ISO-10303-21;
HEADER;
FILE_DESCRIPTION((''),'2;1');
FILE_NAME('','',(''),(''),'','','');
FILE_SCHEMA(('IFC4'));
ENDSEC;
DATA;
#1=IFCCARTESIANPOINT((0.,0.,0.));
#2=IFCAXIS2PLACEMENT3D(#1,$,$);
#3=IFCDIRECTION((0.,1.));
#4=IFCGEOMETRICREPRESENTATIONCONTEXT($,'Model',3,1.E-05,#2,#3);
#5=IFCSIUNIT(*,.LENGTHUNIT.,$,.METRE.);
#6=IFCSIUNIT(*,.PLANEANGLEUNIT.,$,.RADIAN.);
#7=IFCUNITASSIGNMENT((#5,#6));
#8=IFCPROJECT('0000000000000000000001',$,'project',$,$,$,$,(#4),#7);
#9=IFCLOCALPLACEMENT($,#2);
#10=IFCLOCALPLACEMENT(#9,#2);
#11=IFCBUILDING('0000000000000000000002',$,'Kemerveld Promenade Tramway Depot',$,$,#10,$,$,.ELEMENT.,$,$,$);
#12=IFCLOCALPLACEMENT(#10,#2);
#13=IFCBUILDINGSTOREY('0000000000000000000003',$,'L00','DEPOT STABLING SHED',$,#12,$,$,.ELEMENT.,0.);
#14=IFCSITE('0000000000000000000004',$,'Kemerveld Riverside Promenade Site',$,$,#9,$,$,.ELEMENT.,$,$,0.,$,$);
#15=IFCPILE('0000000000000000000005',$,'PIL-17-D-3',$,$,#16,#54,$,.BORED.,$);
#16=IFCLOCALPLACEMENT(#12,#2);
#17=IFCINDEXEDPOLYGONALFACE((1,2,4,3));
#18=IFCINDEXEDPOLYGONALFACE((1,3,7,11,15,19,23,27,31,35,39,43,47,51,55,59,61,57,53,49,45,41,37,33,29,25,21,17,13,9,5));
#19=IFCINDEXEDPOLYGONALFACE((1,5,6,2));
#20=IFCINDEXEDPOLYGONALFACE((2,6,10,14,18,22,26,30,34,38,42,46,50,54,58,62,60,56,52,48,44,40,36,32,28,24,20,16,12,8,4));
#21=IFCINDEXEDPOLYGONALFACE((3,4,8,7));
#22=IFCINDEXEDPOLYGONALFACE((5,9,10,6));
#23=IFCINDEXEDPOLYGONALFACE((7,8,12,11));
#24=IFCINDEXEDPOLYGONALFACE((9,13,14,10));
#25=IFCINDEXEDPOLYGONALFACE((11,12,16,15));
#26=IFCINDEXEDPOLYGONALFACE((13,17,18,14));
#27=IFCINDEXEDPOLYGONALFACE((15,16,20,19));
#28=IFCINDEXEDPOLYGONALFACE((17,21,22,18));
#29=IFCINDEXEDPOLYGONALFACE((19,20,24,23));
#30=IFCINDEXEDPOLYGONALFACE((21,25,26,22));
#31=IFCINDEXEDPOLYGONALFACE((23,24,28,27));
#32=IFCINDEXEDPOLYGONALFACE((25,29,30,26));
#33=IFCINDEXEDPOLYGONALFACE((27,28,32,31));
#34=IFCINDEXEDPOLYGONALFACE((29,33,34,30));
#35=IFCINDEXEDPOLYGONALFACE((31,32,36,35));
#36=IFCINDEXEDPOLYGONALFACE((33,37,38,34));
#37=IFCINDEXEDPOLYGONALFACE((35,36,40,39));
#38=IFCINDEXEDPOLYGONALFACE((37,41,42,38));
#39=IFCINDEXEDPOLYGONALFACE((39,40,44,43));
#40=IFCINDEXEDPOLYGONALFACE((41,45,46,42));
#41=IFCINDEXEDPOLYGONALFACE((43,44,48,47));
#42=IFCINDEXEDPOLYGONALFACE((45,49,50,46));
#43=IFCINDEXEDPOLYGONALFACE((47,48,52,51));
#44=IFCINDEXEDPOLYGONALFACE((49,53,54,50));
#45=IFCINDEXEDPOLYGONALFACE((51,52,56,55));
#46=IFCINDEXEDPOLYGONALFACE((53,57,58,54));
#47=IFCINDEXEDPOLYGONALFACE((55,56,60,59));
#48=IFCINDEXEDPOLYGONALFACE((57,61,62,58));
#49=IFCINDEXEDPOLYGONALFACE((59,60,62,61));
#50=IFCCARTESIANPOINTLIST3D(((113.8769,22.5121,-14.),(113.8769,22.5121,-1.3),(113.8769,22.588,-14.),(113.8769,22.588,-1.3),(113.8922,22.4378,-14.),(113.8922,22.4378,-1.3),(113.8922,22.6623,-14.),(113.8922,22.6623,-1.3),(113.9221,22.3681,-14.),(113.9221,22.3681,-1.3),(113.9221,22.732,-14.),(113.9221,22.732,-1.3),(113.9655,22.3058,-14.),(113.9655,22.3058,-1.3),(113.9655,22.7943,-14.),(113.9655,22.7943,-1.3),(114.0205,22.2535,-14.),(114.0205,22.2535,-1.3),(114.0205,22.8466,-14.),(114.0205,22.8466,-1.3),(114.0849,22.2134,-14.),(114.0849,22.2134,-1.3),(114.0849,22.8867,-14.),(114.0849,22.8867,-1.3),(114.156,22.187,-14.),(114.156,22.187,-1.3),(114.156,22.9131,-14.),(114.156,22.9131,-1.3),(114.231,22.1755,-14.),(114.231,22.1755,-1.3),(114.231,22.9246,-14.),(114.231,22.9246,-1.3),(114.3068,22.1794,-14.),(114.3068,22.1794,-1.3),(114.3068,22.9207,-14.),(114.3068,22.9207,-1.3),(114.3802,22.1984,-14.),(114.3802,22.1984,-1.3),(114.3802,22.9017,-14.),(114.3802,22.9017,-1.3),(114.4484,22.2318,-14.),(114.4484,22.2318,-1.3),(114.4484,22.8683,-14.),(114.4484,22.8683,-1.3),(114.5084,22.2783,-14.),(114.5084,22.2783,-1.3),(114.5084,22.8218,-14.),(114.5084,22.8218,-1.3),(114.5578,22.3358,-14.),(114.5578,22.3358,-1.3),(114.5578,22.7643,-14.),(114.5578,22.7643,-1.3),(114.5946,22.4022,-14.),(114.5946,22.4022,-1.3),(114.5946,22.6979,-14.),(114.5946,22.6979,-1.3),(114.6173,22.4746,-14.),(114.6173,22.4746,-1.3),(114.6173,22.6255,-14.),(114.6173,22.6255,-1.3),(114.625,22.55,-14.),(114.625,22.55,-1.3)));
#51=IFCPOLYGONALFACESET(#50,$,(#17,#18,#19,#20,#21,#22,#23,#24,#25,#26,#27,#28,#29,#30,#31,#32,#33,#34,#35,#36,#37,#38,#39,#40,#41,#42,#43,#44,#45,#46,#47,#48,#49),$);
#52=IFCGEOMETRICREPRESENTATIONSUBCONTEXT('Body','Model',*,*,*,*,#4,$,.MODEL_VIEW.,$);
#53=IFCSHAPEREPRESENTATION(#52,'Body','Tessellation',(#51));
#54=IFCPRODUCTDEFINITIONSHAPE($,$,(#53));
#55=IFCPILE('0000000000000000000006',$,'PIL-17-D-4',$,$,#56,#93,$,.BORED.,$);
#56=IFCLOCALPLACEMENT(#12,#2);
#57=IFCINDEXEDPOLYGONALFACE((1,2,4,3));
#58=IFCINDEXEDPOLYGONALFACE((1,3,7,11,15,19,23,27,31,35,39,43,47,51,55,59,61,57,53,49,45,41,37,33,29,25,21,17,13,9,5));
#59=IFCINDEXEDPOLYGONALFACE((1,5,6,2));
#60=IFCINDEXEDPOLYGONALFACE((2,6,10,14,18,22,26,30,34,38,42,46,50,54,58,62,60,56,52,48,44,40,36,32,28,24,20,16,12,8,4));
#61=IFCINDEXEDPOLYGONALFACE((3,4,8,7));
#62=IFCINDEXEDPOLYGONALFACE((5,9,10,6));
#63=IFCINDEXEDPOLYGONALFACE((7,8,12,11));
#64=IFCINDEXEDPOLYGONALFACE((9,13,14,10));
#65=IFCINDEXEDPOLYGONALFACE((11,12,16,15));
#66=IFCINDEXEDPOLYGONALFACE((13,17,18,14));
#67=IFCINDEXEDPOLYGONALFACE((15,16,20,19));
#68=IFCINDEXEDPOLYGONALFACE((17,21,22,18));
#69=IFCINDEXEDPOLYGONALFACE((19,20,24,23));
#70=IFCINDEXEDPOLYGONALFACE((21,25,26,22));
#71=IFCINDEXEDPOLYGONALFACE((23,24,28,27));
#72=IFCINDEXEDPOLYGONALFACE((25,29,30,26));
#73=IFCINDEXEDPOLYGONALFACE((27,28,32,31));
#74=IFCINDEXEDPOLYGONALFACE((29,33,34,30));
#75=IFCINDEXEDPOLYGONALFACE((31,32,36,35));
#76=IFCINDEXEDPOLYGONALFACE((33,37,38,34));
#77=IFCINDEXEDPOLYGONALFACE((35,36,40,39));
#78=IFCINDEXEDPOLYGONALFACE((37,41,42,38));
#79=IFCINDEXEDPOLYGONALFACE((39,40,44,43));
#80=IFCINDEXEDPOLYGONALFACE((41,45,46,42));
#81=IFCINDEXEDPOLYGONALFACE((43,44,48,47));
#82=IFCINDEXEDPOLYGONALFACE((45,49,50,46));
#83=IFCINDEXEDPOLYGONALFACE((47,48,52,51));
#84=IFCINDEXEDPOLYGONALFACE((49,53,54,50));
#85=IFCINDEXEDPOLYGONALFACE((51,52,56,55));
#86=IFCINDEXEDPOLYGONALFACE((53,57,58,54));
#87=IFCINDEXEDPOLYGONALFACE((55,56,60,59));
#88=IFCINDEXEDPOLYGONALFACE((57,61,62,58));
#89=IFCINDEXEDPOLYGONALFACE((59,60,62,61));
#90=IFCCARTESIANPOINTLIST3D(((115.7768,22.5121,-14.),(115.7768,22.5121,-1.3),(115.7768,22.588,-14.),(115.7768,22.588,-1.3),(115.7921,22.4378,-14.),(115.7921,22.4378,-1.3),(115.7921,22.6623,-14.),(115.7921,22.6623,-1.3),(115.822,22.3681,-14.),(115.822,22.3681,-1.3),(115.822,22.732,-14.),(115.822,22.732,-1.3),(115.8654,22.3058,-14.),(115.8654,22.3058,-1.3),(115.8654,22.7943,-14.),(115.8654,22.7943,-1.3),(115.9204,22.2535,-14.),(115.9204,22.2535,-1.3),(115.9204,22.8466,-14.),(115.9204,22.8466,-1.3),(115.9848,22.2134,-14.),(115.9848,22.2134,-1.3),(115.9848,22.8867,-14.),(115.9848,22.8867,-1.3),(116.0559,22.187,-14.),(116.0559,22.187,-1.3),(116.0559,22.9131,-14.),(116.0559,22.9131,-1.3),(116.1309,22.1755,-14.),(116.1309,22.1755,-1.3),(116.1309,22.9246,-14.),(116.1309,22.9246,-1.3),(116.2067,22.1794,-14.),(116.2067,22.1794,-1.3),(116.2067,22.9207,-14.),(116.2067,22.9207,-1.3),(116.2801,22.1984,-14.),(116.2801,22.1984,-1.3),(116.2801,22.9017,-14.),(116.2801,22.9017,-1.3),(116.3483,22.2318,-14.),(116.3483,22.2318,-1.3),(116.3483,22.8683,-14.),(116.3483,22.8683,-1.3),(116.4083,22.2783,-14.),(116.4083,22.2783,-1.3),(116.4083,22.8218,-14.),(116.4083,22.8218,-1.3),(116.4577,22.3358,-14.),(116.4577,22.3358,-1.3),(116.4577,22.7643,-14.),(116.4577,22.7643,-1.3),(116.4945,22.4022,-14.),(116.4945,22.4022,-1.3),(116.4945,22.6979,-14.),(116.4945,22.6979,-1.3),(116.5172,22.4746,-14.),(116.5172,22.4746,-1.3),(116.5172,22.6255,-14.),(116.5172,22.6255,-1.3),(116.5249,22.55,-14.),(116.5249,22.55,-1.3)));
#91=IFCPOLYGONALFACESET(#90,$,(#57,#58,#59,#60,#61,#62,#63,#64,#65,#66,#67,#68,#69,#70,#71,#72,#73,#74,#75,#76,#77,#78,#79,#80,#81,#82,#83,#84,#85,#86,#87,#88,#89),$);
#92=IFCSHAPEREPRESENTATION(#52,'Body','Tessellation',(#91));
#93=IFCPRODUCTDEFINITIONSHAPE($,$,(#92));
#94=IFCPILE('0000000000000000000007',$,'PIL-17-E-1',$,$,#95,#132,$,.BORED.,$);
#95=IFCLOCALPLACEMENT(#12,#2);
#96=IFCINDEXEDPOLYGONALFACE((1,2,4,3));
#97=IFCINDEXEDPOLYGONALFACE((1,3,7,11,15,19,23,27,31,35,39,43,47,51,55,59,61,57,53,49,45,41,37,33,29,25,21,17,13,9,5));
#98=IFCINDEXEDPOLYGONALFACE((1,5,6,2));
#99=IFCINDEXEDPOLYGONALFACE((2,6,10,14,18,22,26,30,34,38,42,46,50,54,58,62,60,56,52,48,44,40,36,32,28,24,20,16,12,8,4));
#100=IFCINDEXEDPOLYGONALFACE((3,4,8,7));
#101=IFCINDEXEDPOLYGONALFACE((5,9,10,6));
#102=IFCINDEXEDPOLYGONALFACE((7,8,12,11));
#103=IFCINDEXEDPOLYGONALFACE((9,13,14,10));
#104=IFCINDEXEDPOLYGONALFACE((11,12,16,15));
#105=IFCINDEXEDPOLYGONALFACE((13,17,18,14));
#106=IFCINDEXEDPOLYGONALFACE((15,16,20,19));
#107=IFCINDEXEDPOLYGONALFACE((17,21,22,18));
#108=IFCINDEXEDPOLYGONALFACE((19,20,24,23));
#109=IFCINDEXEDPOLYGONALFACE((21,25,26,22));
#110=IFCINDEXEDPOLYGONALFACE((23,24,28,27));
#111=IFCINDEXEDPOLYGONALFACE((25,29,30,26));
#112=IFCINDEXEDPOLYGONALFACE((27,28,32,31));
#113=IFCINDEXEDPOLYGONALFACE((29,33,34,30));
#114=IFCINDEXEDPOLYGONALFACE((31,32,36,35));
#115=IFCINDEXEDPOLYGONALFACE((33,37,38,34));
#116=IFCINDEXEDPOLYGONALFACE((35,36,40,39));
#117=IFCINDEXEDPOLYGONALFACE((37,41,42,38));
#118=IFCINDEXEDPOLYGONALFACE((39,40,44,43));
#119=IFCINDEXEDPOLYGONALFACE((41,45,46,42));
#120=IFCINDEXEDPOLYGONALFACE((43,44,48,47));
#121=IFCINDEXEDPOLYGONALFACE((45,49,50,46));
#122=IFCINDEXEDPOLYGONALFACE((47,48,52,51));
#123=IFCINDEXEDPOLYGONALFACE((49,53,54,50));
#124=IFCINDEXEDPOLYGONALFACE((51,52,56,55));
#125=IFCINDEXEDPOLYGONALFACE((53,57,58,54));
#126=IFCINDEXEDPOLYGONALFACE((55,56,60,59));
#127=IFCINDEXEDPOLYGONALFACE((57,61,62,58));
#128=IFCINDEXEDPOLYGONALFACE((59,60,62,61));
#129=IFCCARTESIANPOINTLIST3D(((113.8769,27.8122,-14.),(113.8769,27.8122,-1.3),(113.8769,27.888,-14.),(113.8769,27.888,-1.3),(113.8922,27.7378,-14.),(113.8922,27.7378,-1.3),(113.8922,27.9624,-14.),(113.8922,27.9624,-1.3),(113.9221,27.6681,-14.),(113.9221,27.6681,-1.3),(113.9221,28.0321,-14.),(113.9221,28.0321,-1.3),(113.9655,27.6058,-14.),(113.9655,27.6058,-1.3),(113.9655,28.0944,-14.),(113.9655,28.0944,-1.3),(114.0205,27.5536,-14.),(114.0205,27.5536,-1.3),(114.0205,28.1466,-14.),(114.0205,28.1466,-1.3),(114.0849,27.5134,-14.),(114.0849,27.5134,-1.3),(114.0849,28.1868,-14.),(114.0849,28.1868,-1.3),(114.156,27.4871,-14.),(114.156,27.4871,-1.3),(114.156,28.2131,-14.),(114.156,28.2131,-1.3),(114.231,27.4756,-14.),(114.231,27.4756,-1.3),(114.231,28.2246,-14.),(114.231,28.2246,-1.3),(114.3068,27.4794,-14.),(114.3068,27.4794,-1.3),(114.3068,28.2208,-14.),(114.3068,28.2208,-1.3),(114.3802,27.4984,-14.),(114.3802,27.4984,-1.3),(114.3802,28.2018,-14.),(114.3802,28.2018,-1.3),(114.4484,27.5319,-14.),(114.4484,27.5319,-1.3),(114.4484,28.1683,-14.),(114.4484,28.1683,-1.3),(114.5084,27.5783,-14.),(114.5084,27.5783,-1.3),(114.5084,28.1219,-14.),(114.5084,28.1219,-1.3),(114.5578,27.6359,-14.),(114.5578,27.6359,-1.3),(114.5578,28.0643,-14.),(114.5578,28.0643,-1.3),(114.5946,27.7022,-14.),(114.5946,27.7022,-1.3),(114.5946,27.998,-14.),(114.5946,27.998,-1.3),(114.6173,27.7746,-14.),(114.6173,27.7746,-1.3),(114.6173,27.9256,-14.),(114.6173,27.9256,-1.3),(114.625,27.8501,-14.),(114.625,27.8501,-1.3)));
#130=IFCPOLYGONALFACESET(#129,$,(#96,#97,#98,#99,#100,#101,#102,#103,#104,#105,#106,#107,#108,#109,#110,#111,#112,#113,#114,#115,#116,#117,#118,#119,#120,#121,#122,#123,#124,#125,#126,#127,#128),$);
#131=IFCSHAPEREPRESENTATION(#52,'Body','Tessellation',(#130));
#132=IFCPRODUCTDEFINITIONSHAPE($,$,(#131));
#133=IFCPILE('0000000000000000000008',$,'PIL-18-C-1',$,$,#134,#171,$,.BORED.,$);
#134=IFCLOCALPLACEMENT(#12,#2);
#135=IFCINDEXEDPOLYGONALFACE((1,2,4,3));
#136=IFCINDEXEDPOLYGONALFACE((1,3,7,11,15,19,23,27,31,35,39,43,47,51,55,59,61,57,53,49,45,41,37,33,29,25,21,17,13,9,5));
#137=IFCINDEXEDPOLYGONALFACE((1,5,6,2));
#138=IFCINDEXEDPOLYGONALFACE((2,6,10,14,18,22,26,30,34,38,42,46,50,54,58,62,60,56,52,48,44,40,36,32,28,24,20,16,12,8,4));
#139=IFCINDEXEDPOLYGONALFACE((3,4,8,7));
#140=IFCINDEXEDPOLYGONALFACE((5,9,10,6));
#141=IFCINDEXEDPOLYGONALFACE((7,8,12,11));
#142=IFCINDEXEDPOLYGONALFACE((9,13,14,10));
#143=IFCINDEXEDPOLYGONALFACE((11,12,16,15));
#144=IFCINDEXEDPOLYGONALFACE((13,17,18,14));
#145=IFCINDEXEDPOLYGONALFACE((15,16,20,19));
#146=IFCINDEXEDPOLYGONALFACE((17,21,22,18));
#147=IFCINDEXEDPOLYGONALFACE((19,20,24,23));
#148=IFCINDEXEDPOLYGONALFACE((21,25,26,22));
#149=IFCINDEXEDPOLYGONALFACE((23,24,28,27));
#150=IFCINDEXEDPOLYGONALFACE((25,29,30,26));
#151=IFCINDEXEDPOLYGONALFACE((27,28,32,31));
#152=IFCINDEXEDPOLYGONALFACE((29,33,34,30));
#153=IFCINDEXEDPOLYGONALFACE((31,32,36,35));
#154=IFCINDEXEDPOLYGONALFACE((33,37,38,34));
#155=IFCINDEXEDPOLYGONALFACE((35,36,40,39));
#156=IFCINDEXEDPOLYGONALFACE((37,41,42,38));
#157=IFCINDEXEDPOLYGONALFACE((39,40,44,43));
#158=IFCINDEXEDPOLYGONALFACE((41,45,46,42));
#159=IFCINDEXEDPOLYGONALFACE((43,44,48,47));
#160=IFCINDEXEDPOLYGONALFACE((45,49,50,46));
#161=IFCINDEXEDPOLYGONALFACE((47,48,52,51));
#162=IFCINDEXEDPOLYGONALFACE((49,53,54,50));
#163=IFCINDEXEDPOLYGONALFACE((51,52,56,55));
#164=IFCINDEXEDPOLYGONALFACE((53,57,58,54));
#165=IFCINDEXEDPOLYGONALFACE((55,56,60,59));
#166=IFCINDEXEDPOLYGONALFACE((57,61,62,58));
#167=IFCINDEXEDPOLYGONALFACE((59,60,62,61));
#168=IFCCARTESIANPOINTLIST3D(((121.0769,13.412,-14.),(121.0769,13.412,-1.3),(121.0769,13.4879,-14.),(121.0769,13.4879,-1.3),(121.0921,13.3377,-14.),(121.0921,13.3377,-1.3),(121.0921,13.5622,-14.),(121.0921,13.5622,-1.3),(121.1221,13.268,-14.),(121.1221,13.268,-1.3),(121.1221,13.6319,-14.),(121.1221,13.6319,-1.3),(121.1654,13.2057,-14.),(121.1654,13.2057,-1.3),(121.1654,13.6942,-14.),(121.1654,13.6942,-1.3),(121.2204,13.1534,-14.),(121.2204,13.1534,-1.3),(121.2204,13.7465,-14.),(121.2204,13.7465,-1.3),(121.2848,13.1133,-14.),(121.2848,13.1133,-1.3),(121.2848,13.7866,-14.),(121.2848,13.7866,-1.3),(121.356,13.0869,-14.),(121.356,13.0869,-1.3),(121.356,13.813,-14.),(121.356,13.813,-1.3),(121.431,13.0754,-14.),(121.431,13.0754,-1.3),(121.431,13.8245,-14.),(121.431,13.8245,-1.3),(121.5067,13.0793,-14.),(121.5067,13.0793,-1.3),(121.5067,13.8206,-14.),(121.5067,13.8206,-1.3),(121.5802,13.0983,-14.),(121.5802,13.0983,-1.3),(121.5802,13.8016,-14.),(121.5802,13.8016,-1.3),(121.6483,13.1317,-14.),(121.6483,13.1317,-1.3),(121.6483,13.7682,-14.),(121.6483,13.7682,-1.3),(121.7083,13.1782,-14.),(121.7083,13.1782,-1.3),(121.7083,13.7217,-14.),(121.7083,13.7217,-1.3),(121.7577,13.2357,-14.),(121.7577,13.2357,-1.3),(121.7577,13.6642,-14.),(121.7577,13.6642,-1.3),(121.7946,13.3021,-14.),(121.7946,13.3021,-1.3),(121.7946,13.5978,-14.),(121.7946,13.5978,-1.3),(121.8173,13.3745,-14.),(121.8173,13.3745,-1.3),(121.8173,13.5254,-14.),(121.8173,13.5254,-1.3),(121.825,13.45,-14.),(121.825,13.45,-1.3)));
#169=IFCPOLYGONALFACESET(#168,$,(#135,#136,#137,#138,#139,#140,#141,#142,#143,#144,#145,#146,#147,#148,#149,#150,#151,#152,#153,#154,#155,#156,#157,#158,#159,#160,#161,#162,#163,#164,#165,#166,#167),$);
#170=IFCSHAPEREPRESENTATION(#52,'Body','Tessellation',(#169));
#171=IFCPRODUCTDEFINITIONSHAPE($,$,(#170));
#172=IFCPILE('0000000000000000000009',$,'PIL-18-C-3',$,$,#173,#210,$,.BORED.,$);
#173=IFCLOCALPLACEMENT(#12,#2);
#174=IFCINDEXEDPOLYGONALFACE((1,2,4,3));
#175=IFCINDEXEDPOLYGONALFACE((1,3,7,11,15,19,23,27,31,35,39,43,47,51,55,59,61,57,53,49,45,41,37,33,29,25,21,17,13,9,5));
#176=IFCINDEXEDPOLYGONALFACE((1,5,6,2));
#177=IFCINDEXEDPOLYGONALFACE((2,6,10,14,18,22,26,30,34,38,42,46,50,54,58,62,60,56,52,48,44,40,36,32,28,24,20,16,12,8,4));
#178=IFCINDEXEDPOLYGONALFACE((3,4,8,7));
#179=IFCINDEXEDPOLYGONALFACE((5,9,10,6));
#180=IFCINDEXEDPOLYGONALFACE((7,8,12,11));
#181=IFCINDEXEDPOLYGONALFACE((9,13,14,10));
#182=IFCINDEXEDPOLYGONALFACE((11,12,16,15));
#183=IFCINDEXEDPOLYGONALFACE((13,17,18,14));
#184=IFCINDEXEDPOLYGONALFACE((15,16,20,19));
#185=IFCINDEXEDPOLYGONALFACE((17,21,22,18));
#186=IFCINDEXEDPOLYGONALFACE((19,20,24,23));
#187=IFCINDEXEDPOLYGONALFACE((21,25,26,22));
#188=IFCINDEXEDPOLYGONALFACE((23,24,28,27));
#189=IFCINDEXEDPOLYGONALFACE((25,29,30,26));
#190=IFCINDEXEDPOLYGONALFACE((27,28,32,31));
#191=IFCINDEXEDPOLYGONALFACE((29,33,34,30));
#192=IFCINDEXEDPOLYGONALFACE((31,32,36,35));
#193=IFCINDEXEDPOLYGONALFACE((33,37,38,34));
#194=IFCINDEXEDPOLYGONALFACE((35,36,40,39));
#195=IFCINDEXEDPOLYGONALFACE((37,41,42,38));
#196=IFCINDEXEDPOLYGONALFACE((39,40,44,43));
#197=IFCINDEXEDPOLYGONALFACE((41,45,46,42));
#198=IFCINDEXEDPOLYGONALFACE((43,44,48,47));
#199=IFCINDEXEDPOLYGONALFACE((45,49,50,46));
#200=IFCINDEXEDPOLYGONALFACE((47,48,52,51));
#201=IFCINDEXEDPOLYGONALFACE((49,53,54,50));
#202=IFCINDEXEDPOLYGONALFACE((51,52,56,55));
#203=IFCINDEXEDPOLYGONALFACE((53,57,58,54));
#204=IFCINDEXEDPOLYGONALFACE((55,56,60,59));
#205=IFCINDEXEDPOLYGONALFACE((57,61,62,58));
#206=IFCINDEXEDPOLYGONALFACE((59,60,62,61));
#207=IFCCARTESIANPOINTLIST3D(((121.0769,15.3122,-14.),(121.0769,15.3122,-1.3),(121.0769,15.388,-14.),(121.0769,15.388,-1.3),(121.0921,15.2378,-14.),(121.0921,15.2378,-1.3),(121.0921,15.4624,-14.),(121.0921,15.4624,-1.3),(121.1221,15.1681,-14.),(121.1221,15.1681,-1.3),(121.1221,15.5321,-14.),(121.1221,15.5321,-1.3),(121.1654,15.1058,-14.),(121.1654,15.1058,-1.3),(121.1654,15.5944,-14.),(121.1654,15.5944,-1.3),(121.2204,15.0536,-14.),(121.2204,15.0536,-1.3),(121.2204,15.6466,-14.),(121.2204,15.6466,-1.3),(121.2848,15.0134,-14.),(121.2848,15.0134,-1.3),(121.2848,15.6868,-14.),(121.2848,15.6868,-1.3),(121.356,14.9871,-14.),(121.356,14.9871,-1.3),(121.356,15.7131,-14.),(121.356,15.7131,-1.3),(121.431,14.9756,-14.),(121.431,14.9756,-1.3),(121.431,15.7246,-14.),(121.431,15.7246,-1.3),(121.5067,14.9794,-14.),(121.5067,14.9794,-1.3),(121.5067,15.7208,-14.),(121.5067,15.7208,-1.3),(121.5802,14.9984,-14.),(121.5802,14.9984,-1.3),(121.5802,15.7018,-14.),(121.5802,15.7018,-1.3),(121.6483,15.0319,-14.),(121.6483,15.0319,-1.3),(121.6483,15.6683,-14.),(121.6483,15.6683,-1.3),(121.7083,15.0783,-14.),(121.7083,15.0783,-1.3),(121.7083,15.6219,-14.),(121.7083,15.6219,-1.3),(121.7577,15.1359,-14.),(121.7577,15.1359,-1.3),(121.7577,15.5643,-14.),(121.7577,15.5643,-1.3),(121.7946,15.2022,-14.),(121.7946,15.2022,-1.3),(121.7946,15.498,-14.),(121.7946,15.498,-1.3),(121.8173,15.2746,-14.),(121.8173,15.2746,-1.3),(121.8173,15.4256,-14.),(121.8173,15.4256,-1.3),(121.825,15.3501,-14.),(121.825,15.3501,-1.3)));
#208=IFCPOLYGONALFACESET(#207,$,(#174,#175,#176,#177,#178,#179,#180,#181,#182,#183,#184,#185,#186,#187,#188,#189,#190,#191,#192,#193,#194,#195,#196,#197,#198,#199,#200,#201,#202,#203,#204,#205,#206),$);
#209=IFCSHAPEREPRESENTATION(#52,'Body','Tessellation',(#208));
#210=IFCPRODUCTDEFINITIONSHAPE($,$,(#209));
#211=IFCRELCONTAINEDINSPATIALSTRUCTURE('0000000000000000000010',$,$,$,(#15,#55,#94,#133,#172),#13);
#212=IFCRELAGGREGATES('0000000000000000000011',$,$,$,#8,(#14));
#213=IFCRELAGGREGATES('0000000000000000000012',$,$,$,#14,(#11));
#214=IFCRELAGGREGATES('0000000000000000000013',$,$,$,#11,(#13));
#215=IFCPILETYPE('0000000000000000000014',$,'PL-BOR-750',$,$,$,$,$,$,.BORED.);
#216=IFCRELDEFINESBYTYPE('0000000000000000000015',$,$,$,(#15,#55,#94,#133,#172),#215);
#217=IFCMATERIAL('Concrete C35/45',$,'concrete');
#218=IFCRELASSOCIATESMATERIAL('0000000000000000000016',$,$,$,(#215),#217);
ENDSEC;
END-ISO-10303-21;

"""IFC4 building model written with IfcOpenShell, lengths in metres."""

from ifc_helpers import new_model, si_unit, direction, frame, origin, origin_2d, place, context, subcontext, project, spatial, circle, extrude, material, material_profile, profile_set, type_object, element, save


model = new_model("IFC4")

# Units and contexts
model_context = context("Model", 3, precision=1e-05, world=origin(), true_north=direction((0.0, 1.0)))
body_context = subcontext(model_context, "Body", "Model", "MODEL_VIEW")
ifc_project = project(units=[si_unit("LENGTHUNIT", "METRE"), si_unit("PLANEANGLEUNIT", "RADIAN")], contexts=[model_context])

# Site, building, storey
site_placement = place(None, origin())
site = spatial("IfcSite", under=ifc_project, at=site_placement, Name="Kemerveld Riverside Promenade Site", CompositionType="ELEMENT", RefElevation=0.0)
building_placement = place(site_placement, origin())
building = spatial("IfcBuilding", under=site, at=building_placement, Name="Kemerveld Promenade Tramway Depot", CompositionType="ELEMENT")
storey_placement = place(building_placement, origin())
storey = spatial("IfcBuildingStorey", under=building, at=storey_placement, Name="L00", Description="DEPOT STABLING SHED", CompositionType="ELEMENT", Elevation=0.0)

# Shared definitions
ifc_material_1 = material(Name="Concrete C35/45", Category="concrete")

# Piles
ifc_material_profile_1 = material_profile(ifc_material_1, circle(Radius=0.375, at=origin_2d()), Name="PILE-D750")
ifc_profile_set_1 = profile_set([ifc_material_profile_1], Name="Concrete C35/45")
pile_type = type_object("IfcPileType", Name="PL-BOR-750", PredefinedType="BORED", material=ifc_profile_set_1)
for number, where, z_axis, x_axis, name in (
    (1, (114.25, 22.55, -1.3), (0.0, 0.0, -1.0), (1.0, 0.0, 0.0), "PIL-17-D-3"),
    (2, (116.1499, 22.55, -1.3), (0.0, 0.0, -1.0), (1.0, 0.0, 0.0), "PIL-17-D-4"),
    (3, (114.25, 27.8501, -1.3), (0.0, 0.0, -1.0), (1.0, 0.0, 0.0), "PIL-17-E-1"),
    (4, (121.45, 13.45, -1.3), (0.0, 0.0, -1.0), (1.0, 0.0, 0.0), "PIL-18-C-1"),
    (5, (121.45, 15.3501, -1.3), (0.0, 0.0, -1.0), (1.0, 0.0, 0.0), "PIL-18-C-3"),
):
    element("IfcPile", number, at=place(storey_placement, frame(where, z_axis=z_axis, x_axis=x_axis)), inside=storey, type_object=pile_type, Name=name, PredefinedType="BORED", context=body_context, shape_type="SweptSolid", body=[
        extrude(circle(Radius=0.375, at=origin_2d()), origin(), (0.0, 0.0, 1.0), 12.7),
    ])

save(model, "model.ifc")
